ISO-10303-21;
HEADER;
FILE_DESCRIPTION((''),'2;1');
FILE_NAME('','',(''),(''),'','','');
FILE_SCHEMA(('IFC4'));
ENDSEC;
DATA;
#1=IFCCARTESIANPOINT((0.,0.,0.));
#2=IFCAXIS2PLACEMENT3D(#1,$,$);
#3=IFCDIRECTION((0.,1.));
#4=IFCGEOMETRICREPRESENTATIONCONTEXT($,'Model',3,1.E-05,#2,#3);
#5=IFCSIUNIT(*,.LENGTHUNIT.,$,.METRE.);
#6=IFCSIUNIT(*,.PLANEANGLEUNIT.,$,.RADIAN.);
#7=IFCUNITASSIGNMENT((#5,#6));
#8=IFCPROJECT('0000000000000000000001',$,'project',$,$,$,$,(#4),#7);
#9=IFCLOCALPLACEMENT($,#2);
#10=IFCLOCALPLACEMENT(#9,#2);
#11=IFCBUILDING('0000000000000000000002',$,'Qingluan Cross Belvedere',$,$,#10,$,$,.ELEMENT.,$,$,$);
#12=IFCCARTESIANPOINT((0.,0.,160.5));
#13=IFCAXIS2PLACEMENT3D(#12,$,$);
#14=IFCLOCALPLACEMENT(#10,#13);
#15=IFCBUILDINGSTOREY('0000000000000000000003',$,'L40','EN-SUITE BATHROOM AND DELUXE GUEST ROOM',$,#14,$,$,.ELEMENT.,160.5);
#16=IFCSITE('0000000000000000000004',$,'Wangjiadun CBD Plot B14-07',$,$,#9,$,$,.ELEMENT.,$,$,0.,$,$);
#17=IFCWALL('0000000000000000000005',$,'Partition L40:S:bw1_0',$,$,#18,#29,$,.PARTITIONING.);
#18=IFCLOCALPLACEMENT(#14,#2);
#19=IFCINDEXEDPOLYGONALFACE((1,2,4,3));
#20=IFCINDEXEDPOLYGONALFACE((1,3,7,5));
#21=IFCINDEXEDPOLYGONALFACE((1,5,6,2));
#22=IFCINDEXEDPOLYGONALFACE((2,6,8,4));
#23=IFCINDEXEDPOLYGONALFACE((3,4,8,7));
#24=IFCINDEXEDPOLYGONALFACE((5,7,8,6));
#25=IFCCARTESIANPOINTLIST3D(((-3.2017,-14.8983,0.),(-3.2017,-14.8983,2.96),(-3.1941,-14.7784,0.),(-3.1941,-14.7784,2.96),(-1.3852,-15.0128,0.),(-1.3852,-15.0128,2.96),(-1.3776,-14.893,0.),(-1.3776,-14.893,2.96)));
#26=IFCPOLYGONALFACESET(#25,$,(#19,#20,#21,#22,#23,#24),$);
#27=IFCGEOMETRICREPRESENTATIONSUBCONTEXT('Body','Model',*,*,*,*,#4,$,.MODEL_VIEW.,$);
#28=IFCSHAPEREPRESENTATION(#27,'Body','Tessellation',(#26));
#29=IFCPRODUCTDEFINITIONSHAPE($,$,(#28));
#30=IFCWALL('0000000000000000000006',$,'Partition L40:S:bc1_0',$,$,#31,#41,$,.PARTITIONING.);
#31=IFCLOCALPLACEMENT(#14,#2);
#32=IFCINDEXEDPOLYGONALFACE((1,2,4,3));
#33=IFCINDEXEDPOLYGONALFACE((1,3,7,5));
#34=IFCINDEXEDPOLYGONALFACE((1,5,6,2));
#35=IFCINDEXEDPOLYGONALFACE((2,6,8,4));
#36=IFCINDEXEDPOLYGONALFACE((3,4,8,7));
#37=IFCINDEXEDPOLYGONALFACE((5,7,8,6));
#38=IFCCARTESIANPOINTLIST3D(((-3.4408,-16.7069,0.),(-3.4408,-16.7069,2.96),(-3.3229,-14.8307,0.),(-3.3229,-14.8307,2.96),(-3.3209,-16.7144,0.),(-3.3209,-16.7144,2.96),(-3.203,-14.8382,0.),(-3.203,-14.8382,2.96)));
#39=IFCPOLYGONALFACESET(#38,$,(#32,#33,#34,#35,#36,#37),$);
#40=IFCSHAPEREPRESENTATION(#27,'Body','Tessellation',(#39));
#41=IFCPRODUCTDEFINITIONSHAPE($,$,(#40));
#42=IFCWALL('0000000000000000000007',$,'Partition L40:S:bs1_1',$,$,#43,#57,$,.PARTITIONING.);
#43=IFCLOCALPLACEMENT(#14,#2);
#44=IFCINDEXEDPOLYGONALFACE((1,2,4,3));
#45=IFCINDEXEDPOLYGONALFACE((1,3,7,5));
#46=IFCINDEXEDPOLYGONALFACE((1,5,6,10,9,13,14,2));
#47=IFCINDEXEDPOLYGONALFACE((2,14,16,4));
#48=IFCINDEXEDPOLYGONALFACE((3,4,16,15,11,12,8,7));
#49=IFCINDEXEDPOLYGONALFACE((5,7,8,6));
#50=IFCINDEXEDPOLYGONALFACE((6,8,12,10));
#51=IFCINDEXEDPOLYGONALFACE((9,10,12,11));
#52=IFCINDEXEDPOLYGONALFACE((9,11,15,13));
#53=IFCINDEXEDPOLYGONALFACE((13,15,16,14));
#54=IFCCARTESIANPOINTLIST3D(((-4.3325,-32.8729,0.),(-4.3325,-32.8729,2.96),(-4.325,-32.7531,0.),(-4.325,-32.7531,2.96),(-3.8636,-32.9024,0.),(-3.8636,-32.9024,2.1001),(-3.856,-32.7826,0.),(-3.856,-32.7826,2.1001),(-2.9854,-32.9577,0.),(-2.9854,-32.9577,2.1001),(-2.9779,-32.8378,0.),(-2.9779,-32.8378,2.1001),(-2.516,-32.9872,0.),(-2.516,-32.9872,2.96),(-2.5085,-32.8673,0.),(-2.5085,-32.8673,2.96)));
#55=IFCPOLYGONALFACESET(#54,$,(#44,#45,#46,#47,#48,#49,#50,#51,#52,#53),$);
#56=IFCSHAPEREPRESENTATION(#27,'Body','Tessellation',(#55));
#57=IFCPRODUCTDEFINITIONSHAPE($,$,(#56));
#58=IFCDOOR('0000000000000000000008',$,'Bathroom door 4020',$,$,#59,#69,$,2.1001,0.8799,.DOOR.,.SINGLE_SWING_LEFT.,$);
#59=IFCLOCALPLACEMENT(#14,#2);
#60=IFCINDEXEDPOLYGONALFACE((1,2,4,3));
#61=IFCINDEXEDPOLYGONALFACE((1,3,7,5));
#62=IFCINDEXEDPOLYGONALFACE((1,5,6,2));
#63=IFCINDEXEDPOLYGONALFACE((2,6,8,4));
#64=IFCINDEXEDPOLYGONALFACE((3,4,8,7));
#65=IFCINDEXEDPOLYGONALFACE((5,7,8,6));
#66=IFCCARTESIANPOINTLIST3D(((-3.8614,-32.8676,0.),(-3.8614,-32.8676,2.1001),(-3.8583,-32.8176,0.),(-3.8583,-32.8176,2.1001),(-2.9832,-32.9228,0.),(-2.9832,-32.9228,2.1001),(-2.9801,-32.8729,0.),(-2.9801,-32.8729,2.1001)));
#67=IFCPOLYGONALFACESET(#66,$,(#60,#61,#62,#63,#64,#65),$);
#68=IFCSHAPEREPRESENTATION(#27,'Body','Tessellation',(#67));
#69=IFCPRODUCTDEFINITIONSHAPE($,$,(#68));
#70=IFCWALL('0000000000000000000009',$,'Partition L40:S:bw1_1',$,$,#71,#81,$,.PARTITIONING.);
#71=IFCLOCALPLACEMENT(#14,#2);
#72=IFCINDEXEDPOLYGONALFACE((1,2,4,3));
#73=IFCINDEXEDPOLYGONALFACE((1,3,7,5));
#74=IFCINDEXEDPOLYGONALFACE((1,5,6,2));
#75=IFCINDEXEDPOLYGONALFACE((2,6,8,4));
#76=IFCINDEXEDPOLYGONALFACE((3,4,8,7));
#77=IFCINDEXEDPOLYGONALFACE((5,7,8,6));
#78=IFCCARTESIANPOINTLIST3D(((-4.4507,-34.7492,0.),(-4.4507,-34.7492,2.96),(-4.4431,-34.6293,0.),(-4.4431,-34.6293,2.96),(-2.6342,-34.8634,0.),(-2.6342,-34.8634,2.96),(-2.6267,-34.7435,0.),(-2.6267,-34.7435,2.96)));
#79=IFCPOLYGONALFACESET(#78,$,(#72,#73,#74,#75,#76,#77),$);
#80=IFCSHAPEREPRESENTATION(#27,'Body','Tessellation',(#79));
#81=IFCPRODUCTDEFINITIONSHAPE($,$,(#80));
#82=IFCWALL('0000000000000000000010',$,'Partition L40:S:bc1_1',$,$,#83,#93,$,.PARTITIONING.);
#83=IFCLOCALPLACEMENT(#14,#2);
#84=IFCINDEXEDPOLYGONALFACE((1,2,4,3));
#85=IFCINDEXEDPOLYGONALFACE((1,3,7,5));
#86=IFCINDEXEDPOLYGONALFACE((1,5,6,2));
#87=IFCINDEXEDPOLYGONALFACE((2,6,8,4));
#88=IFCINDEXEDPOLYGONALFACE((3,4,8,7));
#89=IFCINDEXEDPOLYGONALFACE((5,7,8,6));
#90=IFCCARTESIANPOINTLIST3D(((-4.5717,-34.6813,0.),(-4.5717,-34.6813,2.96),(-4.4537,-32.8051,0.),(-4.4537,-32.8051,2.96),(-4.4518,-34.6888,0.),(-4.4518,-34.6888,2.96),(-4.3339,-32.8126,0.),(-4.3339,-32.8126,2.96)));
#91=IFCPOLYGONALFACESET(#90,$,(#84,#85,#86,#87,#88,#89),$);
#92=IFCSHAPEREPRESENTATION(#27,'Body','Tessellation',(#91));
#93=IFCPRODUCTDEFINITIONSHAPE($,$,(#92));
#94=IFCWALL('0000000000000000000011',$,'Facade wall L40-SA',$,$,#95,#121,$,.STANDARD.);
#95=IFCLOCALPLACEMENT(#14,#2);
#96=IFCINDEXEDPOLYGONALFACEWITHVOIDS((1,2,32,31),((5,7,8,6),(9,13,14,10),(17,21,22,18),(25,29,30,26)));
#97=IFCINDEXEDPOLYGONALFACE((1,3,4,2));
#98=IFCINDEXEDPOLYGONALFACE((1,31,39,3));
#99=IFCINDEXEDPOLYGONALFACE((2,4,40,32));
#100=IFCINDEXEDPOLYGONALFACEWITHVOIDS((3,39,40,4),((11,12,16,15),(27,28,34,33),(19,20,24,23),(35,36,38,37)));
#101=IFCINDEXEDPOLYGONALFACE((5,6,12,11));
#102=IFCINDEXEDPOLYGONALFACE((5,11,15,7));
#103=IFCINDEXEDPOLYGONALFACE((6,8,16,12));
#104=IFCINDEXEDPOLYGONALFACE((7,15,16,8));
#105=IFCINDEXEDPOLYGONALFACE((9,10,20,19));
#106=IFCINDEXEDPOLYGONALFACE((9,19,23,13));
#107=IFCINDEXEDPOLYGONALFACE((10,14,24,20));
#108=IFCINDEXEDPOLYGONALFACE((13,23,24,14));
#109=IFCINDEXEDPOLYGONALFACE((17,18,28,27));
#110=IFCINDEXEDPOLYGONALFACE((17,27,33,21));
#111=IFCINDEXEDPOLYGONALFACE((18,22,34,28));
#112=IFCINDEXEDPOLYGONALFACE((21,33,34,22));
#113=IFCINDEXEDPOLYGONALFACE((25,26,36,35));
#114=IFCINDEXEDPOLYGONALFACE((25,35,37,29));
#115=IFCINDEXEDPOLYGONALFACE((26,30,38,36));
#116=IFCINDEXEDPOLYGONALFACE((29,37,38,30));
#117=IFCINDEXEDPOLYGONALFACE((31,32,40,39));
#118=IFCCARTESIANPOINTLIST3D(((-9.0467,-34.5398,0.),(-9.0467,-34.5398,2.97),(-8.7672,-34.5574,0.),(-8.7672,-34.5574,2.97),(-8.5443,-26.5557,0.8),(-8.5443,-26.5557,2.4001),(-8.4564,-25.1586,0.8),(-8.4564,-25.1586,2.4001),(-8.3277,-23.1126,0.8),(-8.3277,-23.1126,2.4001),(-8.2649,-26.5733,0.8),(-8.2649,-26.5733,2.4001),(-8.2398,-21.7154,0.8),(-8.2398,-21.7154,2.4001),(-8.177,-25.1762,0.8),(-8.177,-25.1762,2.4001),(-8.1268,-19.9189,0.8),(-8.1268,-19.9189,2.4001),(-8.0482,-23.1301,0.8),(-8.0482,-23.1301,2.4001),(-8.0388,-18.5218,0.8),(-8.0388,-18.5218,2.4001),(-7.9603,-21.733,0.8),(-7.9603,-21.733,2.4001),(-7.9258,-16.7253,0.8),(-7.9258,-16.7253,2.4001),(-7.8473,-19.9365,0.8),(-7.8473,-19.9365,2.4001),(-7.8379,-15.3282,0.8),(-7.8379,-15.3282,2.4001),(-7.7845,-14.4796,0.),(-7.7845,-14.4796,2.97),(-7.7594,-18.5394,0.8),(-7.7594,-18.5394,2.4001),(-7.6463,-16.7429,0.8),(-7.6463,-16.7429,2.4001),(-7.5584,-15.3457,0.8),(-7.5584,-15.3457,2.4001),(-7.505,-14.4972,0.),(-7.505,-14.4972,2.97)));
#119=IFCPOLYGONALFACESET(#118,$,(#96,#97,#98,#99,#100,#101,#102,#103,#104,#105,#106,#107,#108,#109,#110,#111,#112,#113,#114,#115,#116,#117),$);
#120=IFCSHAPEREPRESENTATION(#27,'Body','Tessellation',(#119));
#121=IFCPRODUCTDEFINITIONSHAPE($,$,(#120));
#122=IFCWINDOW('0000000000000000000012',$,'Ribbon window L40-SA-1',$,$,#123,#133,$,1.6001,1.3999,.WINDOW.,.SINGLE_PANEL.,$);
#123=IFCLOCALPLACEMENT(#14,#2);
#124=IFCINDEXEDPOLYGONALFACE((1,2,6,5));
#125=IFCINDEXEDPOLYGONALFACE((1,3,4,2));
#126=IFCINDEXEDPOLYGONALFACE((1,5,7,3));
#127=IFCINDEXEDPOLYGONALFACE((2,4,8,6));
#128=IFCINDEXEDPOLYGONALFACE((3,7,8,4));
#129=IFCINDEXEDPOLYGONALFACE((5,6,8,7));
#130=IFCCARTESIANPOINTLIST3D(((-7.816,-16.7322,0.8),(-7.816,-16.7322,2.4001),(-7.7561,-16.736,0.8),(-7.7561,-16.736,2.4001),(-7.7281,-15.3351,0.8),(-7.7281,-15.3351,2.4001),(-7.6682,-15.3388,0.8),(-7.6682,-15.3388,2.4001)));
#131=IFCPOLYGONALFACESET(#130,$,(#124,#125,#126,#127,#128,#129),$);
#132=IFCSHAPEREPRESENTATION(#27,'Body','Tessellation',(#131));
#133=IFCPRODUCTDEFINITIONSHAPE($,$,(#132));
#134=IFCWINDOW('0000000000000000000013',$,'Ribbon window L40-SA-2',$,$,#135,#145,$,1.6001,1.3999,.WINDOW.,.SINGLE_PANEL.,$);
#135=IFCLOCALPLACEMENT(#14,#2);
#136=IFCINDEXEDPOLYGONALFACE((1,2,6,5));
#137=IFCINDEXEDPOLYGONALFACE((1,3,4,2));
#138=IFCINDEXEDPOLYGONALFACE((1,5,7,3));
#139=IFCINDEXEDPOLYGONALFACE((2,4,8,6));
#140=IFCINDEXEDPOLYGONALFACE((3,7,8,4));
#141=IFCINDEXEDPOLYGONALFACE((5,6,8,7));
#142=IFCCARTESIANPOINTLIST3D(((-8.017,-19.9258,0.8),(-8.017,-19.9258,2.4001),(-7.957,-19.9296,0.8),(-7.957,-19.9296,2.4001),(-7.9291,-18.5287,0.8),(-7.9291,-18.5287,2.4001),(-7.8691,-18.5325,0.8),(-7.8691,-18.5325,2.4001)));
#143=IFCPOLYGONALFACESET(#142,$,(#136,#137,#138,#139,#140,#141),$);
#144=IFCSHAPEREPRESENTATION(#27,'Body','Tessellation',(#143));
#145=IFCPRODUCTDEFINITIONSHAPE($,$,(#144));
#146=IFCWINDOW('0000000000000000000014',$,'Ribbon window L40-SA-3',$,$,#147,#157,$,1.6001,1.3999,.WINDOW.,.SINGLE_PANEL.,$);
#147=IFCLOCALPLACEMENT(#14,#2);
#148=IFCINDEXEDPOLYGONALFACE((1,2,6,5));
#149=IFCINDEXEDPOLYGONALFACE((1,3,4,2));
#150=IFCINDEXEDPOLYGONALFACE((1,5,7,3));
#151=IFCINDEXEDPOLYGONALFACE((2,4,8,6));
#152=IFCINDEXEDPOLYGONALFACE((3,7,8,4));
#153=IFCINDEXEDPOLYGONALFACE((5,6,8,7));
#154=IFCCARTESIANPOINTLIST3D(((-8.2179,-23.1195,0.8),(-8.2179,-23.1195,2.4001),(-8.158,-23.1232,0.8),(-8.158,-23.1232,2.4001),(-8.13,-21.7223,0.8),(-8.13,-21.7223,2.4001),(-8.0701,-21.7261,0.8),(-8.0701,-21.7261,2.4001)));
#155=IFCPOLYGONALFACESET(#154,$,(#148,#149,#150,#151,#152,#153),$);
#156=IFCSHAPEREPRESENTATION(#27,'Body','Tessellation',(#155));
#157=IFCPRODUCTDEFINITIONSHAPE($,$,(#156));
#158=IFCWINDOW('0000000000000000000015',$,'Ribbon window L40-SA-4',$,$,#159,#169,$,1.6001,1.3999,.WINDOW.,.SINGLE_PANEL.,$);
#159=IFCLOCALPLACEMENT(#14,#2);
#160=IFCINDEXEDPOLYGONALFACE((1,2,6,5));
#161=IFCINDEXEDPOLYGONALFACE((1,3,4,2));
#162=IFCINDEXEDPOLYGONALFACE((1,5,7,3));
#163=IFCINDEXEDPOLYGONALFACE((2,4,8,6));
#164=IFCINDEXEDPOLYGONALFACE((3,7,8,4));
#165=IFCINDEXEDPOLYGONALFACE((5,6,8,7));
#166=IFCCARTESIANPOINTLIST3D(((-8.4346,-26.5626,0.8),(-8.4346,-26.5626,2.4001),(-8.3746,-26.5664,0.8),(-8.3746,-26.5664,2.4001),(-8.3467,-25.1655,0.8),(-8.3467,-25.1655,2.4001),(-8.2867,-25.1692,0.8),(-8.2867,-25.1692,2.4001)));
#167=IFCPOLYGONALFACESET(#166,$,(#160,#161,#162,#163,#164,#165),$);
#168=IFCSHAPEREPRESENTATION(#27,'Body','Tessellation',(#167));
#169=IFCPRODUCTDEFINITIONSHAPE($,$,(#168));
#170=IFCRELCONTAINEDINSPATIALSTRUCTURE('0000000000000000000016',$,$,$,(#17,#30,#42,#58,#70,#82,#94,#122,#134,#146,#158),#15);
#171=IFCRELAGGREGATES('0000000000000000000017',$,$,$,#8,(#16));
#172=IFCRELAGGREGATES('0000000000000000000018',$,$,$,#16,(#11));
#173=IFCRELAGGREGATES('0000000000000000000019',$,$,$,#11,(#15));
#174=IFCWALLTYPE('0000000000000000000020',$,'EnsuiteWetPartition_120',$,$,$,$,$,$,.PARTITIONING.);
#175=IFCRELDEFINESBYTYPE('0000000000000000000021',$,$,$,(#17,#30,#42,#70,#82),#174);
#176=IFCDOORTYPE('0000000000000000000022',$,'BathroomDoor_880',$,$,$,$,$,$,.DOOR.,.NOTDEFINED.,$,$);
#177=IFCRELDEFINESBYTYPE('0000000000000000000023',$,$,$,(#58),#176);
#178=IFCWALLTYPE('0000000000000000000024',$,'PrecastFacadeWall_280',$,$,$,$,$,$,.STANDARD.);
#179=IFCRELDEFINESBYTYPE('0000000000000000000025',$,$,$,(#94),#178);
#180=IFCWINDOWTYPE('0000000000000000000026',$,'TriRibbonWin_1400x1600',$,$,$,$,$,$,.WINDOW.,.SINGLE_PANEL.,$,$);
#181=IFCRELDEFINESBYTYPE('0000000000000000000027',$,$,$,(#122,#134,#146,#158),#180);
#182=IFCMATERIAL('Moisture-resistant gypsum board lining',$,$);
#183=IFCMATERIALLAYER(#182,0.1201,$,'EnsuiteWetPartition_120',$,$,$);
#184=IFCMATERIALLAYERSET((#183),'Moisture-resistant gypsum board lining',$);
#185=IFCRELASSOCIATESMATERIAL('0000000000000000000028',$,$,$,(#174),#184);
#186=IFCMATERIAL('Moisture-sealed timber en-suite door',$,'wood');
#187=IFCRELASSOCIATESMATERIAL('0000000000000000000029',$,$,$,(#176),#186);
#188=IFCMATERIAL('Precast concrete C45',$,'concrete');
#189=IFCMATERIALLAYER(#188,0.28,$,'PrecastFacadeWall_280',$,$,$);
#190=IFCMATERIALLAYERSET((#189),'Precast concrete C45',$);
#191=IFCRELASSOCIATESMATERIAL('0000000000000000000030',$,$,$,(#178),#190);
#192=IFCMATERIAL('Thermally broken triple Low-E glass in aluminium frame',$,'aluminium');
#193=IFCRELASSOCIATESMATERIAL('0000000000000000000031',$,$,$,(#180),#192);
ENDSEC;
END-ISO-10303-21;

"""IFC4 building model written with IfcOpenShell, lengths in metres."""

from ifc_helpers import new_model, si_unit, direction, frame, frame_2d, origin, place, context, subcontext, project, spatial, rectangle, extrude, material, layer, layer_set, type_object, element, fill, save


model = new_model("IFC4")

# Units and contexts
model_context = context("Model", 3, precision=1e-05, world=origin(), true_north=direction((0.0, 1.0)))
body_context = subcontext(model_context, "Body", "Model", "MODEL_VIEW")
ifc_project = project(units=[si_unit("LENGTHUNIT", "METRE"), si_unit("PLANEANGLEUNIT", "RADIAN")], contexts=[model_context])

# Site, building, storey
site_placement = place(None, origin())
site = spatial("IfcSite", under=ifc_project, at=site_placement, Name="Wangjiadun CBD Plot B14-07", CompositionType="ELEMENT", RefElevation=0.0)
building_placement = place(site_placement, origin())
building = spatial("IfcBuilding", under=site, at=building_placement, Name="Qingluan Cross Belvedere", CompositionType="ELEMENT")
storey_placement = place(building_placement, frame((0.0, 0.0, 160.5)))
storey = spatial("IfcBuildingStorey", under=building, at=storey_placement, Name="L40", Description="EN-SUITE BATHROOM AND DELUXE GUEST ROOM", CompositionType="ELEMENT", Elevation=160.5)

# Shared definitions
ifc_material_1 = material(Name="Moisture-resistant gypsum board lining")
ifc_layer_1 = layer(ifc_material_1, 0.1201, Name="EnsuiteWetPartition_120")
ifc_layer_set_1 = layer_set([ifc_layer_1], Name="Moisture-resistant gypsum board lining")
wall_type_1 = type_object("IfcWallType", Name="EnsuiteWetPartition_120", PredefinedType="PARTITIONING", material=ifc_layer_set_1)
ifc_material_2 = material(Name="Moisture-sealed timber en-suite door", Category="wood")
door_type = type_object("IfcDoorType", Name="BathroomDoor_880", OperationType="NOTDEFINED", PredefinedType="DOOR", material=ifc_material_2)

# Walls
wall_1_placement = place(storey_placement, frame((-3.198, -14.8384, 0.0), z_axis=(0.0, 0.0, 1.0), x_axis=(0.998019, -0.062913, 0.0)))
element("IfcWall", 1, at=wall_1_placement, inside=storey, type_object=wall_type_1, Name="Partition L40:S:bw1_0", PredefinedType="PARTITIONING", context=body_context, shape_type="SweptSolid", body=[
    extrude(rectangle(XDim=1.8201, YDim=0.1201, at=frame_2d((0.9102, 0.0))), origin(), (0.0, 0.0, 1.0), 2.96),
])
wall_2_placement = place(storey_placement, frame((-3.2629, -14.8345, 0.0), z_axis=(0.0, 0.0, 1.0), x_axis=(-0.062726, -0.998031, 0.0)))
element("IfcWall", 2, at=wall_2_placement, inside=storey, type_object=wall_type_1, Name="Partition L40:S:bc1_0", PredefinedType="PARTITIONING", context=body_context, shape_type="SweptSolid", body=[
    extrude(rectangle(XDim=1.8799, YDim=0.1201, at=frame_2d((0.9399, 0.0))), origin(), (0.0, 0.0, 1.0), 2.96),
])

# Wall, opening, door
wall_3_placement = place(storey_placement, frame((-4.3289, -32.813, 0.0), z_axis=(0.0, 0.0, 1.0), x_axis=(0.998027, -0.062779, 0.0)))
wall_3 = element("IfcWall", 3, at=wall_3_placement, inside=storey, type_object=wall_type_1, Name="Partition L40:S:bs1_1", PredefinedType="PARTITIONING", context=body_context, shape_type="SweptSolid", body=[
    extrude(rectangle(XDim=1.8201, YDim=0.1201, at=frame_2d((0.9102, 0.0))), origin(), (0.0, 0.0, 1.0), 2.96),
])
opening_1_placement = place(wall_3_placement, frame((0.47, 0.0, 0.0)))
opening_1 = element("IfcOpeningElement", 4, at=opening_1_placement, cuts=wall_3, PredefinedType="OPENING", context=body_context, shape_type="SweptSolid", body=[
    extrude(rectangle(XDim=0.8799, YDim=2.1001, at=frame_2d((0.4399, 1.05))), frame((0.0, 0.0701, 0.0), z_axis=(0.0, -1.0, 0.0), x_axis=(1.0, 0.0, 0.0)), (0.0, 0.0, 1.0), 0.1401),
])
door_1_placement = place(opening_1_placement, origin())
door_1 = element("IfcDoor", 5, at=door_1_placement, inside=storey, type_object=door_type, Name="Bathroom door 4020", OperationType="SINGLE_SWING_LEFT", OverallHeight=2.1001, OverallWidth=0.8799, PredefinedType="DOOR", context=body_context, shape_type="SweptSolid", body=[
    extrude(rectangle(XDim=0.8799, YDim=2.1001, at=frame_2d((0.4399, 1.05))), frame((0.0, 0.0249, 0.0), z_axis=(0.0, -1.0, 0.0), x_axis=(1.0, 0.0, 0.0)), (0.0, 0.0, 1.0), 0.05),
])
fill(opening_1, door_1)

# Walls
wall_4_placement = place(storey_placement, frame((-4.447, -34.6892, 0.0), z_axis=(0.0, 0.0, 1.0), x_axis=(0.998027, -0.062779, 0.0)))
element("IfcWall", 6, at=wall_4_placement, inside=storey, type_object=wall_type_1, Name="Partition L40:S:bw1_1", PredefinedType="PARTITIONING", context=body_context, shape_type="SweptSolid", body=[
    extrude(rectangle(XDim=1.8201, YDim=0.1201, at=frame_2d((0.9102, 0.0))), origin(), (0.0, 0.0, 1.0), 2.96),
])
wall_5_placement = place(storey_placement, frame((-4.3938, -32.8088, 0.0), z_axis=(0.0, 0.0, 1.0), x_axis=(-0.062726, -0.998031, 0.0)))
element("IfcWall", 7, at=wall_5_placement, inside=storey, type_object=wall_type_1, Name="Partition L40:S:bc1_1", PredefinedType="PARTITIONING", context=body_context, shape_type="SweptSolid", body=[
    extrude(rectangle(XDim=1.8799, YDim=0.1201, at=frame_2d((0.9399, 0.0))), origin(), (0.0, 0.0, 1.0), 2.96),
])

# Wall, openings, windows
ifc_material_3 = material(Name="Precast concrete C45", Category="concrete")
ifc_layer_2 = layer(ifc_material_3, 0.28, Name="PrecastFacadeWall_280")
ifc_layer_set_2 = layer_set([ifc_layer_2], Name="Precast concrete C45")
wall_type_2 = type_object("IfcWallType", Name="PrecastFacadeWall_280", PredefinedType="STANDARD", material=ifc_layer_set_2)
wall_6_placement = place(storey_placement, frame((-7.6448, -14.4885, 0.0), z_axis=(0.0, 0.0, 1.0), x_axis=(-0.062796, -0.998026, 0.0)))
wall_6 = element("IfcWall", 8, at=wall_6_placement, inside=storey, type_object=wall_type_2, Name="Facade wall L40-SA", PredefinedType="STANDARD", context=body_context, shape_type="SweptSolid", body=[
    extrude(rectangle(XDim=20.0999, YDim=0.28, at=frame_2d((10.0498, 0.0))), origin(), (0.0, 0.0, 1.0), 2.97),
])
opening_2_placement = place(wall_6_placement, frame((0.8501, 0.0, 0.8)))
opening_2 = element("IfcOpeningElement", 9, at=opening_2_placement, cuts=wall_6, PredefinedType="OPENING", context=body_context, shape_type="SweptSolid", body=[
    extrude(rectangle(XDim=1.3999, YDim=1.6001, at=frame_2d((0.7, 0.8))), frame((0.0, 0.1499, 0.0), z_axis=(0.0, -1.0, 0.0), x_axis=(1.0, 0.0, 0.0)), (0.0, 0.0, 1.0), 0.3),
])
opening_3_placement = place(wall_6_placement, frame((4.05, 0.0, 0.8)))
opening_3 = element("IfcOpeningElement", 10, at=opening_3_placement, cuts=wall_6, PredefinedType="OPENING", context=body_context, shape_type="SweptSolid", body=[
    extrude(rectangle(XDim=1.3999, YDim=1.6001, at=frame_2d((0.7, 0.8))), frame((0.0, 0.1499, 0.0), z_axis=(0.0, -1.0, 0.0), x_axis=(1.0, 0.0, 0.0)), (0.0, 0.0, 1.0), 0.3),
])
opening_4_placement = place(wall_6_placement, frame((7.25, 0.0, 0.8)))
opening_4 = element("IfcOpeningElement", 11, at=opening_4_placement, cuts=wall_6, PredefinedType="OPENING", context=body_context, shape_type="SweptSolid", body=[
    extrude(rectangle(XDim=1.3999, YDim=1.6001, at=frame_2d((0.7, 0.8))), frame((0.0, 0.1499, 0.0), z_axis=(0.0, -1.0, 0.0), x_axis=(1.0, 0.0, 0.0)), (0.0, 0.0, 1.0), 0.3),
])
opening_5_placement = place(wall_6_placement, frame((10.7, 0.0, 0.8)))
opening_5 = element("IfcOpeningElement", 12, at=opening_5_placement, cuts=wall_6, PredefinedType="OPENING", context=body_context, shape_type="SweptSolid", body=[
    extrude(rectangle(XDim=1.3999, YDim=1.6001, at=frame_2d((0.7, 0.8))), frame((0.0, 0.1499, 0.0), z_axis=(0.0, -1.0, 0.0), x_axis=(1.0, 0.0, 0.0)), (0.0, 0.0, 1.0), 0.3),
])
ifc_material_4 = material(Name="Thermally broken triple Low-E glass in aluminium frame", Category="aluminium")
window_type_1 = type_object("IfcWindowType", Name="TriRibbonWin_1400x1600", PartitioningType="SINGLE_PANEL", PredefinedType="WINDOW", material=ifc_material_4)
window_1_placement = place(opening_2_placement, origin())
window_1 = element("IfcWindow", 13, at=window_1_placement, inside=storey, type_object=window_type_1, Name="Ribbon window L40-SA-1", OverallHeight=1.6001, OverallWidth=1.3999, PartitioningType="SINGLE_PANEL", PredefinedType="WINDOW", context=body_context, shape_type="SweptSolid", body=[
    extrude(rectangle(XDim=1.3999, YDim=1.6001, at=frame_2d((0.7, 0.8))), frame((0.0, 0.03, 0.0), z_axis=(0.0, -1.0, 0.0), x_axis=(1.0, 0.0, 0.0)), (0.0, 0.0, 1.0), 0.0601),
])
fill(opening_2, window_1)
window_2_placement = place(opening_3_placement, origin())
window_2 = element("IfcWindow", 14, at=window_2_placement, inside=storey, type_object=window_type_1, Name="Ribbon window L40-SA-2", OverallHeight=1.6001, OverallWidth=1.3999, PartitioningType="SINGLE_PANEL", PredefinedType="WINDOW", context=body_context, shape_type="SweptSolid", body=[
    extrude(rectangle(XDim=1.3999, YDim=1.6001, at=frame_2d((0.7, 0.8))), frame((0.0, 0.03, 0.0), z_axis=(0.0, -1.0, 0.0), x_axis=(1.0, 0.0, 0.0)), (0.0, 0.0, 1.0), 0.0601),
])
fill(opening_3, window_2)
window_3_placement = place(opening_4_placement, origin())
window_3 = element("IfcWindow", 15, at=window_3_placement, inside=storey, type_object=window_type_1, Name="Ribbon window L40-SA-3", OverallHeight=1.6001, OverallWidth=1.3999, PartitioningType="SINGLE_PANEL", PredefinedType="WINDOW", context=body_context, shape_type="SweptSolid", body=[
    extrude(rectangle(XDim=1.3999, YDim=1.6001, at=frame_2d((0.7, 0.8))), frame((0.0, 0.03, 0.0), z_axis=(0.0, -1.0, 0.0), x_axis=(1.0, 0.0, 0.0)), (0.0, 0.0, 1.0), 0.0601),
])
fill(opening_4, window_3)
window_4_placement = place(opening_5_placement, origin())
window_4 = element("IfcWindow", 16, at=window_4_placement, inside=storey, type_object=window_type_1, Name="Ribbon window L40-SA-4", OverallHeight=1.6001, OverallWidth=1.3999, PartitioningType="SINGLE_PANEL", PredefinedType="WINDOW", context=body_context, shape_type="SweptSolid", body=[
    extrude(rectangle(XDim=1.3999, YDim=1.6001, at=frame_2d((0.7, 0.8))), frame((0.0, 0.03, 0.0), z_axis=(0.0, -1.0, 0.0), x_axis=(1.0, 0.0, 0.0)), (0.0, 0.0, 1.0), 0.0601),
])
fill(opening_5, window_4)

save(model, "model.ifc")
